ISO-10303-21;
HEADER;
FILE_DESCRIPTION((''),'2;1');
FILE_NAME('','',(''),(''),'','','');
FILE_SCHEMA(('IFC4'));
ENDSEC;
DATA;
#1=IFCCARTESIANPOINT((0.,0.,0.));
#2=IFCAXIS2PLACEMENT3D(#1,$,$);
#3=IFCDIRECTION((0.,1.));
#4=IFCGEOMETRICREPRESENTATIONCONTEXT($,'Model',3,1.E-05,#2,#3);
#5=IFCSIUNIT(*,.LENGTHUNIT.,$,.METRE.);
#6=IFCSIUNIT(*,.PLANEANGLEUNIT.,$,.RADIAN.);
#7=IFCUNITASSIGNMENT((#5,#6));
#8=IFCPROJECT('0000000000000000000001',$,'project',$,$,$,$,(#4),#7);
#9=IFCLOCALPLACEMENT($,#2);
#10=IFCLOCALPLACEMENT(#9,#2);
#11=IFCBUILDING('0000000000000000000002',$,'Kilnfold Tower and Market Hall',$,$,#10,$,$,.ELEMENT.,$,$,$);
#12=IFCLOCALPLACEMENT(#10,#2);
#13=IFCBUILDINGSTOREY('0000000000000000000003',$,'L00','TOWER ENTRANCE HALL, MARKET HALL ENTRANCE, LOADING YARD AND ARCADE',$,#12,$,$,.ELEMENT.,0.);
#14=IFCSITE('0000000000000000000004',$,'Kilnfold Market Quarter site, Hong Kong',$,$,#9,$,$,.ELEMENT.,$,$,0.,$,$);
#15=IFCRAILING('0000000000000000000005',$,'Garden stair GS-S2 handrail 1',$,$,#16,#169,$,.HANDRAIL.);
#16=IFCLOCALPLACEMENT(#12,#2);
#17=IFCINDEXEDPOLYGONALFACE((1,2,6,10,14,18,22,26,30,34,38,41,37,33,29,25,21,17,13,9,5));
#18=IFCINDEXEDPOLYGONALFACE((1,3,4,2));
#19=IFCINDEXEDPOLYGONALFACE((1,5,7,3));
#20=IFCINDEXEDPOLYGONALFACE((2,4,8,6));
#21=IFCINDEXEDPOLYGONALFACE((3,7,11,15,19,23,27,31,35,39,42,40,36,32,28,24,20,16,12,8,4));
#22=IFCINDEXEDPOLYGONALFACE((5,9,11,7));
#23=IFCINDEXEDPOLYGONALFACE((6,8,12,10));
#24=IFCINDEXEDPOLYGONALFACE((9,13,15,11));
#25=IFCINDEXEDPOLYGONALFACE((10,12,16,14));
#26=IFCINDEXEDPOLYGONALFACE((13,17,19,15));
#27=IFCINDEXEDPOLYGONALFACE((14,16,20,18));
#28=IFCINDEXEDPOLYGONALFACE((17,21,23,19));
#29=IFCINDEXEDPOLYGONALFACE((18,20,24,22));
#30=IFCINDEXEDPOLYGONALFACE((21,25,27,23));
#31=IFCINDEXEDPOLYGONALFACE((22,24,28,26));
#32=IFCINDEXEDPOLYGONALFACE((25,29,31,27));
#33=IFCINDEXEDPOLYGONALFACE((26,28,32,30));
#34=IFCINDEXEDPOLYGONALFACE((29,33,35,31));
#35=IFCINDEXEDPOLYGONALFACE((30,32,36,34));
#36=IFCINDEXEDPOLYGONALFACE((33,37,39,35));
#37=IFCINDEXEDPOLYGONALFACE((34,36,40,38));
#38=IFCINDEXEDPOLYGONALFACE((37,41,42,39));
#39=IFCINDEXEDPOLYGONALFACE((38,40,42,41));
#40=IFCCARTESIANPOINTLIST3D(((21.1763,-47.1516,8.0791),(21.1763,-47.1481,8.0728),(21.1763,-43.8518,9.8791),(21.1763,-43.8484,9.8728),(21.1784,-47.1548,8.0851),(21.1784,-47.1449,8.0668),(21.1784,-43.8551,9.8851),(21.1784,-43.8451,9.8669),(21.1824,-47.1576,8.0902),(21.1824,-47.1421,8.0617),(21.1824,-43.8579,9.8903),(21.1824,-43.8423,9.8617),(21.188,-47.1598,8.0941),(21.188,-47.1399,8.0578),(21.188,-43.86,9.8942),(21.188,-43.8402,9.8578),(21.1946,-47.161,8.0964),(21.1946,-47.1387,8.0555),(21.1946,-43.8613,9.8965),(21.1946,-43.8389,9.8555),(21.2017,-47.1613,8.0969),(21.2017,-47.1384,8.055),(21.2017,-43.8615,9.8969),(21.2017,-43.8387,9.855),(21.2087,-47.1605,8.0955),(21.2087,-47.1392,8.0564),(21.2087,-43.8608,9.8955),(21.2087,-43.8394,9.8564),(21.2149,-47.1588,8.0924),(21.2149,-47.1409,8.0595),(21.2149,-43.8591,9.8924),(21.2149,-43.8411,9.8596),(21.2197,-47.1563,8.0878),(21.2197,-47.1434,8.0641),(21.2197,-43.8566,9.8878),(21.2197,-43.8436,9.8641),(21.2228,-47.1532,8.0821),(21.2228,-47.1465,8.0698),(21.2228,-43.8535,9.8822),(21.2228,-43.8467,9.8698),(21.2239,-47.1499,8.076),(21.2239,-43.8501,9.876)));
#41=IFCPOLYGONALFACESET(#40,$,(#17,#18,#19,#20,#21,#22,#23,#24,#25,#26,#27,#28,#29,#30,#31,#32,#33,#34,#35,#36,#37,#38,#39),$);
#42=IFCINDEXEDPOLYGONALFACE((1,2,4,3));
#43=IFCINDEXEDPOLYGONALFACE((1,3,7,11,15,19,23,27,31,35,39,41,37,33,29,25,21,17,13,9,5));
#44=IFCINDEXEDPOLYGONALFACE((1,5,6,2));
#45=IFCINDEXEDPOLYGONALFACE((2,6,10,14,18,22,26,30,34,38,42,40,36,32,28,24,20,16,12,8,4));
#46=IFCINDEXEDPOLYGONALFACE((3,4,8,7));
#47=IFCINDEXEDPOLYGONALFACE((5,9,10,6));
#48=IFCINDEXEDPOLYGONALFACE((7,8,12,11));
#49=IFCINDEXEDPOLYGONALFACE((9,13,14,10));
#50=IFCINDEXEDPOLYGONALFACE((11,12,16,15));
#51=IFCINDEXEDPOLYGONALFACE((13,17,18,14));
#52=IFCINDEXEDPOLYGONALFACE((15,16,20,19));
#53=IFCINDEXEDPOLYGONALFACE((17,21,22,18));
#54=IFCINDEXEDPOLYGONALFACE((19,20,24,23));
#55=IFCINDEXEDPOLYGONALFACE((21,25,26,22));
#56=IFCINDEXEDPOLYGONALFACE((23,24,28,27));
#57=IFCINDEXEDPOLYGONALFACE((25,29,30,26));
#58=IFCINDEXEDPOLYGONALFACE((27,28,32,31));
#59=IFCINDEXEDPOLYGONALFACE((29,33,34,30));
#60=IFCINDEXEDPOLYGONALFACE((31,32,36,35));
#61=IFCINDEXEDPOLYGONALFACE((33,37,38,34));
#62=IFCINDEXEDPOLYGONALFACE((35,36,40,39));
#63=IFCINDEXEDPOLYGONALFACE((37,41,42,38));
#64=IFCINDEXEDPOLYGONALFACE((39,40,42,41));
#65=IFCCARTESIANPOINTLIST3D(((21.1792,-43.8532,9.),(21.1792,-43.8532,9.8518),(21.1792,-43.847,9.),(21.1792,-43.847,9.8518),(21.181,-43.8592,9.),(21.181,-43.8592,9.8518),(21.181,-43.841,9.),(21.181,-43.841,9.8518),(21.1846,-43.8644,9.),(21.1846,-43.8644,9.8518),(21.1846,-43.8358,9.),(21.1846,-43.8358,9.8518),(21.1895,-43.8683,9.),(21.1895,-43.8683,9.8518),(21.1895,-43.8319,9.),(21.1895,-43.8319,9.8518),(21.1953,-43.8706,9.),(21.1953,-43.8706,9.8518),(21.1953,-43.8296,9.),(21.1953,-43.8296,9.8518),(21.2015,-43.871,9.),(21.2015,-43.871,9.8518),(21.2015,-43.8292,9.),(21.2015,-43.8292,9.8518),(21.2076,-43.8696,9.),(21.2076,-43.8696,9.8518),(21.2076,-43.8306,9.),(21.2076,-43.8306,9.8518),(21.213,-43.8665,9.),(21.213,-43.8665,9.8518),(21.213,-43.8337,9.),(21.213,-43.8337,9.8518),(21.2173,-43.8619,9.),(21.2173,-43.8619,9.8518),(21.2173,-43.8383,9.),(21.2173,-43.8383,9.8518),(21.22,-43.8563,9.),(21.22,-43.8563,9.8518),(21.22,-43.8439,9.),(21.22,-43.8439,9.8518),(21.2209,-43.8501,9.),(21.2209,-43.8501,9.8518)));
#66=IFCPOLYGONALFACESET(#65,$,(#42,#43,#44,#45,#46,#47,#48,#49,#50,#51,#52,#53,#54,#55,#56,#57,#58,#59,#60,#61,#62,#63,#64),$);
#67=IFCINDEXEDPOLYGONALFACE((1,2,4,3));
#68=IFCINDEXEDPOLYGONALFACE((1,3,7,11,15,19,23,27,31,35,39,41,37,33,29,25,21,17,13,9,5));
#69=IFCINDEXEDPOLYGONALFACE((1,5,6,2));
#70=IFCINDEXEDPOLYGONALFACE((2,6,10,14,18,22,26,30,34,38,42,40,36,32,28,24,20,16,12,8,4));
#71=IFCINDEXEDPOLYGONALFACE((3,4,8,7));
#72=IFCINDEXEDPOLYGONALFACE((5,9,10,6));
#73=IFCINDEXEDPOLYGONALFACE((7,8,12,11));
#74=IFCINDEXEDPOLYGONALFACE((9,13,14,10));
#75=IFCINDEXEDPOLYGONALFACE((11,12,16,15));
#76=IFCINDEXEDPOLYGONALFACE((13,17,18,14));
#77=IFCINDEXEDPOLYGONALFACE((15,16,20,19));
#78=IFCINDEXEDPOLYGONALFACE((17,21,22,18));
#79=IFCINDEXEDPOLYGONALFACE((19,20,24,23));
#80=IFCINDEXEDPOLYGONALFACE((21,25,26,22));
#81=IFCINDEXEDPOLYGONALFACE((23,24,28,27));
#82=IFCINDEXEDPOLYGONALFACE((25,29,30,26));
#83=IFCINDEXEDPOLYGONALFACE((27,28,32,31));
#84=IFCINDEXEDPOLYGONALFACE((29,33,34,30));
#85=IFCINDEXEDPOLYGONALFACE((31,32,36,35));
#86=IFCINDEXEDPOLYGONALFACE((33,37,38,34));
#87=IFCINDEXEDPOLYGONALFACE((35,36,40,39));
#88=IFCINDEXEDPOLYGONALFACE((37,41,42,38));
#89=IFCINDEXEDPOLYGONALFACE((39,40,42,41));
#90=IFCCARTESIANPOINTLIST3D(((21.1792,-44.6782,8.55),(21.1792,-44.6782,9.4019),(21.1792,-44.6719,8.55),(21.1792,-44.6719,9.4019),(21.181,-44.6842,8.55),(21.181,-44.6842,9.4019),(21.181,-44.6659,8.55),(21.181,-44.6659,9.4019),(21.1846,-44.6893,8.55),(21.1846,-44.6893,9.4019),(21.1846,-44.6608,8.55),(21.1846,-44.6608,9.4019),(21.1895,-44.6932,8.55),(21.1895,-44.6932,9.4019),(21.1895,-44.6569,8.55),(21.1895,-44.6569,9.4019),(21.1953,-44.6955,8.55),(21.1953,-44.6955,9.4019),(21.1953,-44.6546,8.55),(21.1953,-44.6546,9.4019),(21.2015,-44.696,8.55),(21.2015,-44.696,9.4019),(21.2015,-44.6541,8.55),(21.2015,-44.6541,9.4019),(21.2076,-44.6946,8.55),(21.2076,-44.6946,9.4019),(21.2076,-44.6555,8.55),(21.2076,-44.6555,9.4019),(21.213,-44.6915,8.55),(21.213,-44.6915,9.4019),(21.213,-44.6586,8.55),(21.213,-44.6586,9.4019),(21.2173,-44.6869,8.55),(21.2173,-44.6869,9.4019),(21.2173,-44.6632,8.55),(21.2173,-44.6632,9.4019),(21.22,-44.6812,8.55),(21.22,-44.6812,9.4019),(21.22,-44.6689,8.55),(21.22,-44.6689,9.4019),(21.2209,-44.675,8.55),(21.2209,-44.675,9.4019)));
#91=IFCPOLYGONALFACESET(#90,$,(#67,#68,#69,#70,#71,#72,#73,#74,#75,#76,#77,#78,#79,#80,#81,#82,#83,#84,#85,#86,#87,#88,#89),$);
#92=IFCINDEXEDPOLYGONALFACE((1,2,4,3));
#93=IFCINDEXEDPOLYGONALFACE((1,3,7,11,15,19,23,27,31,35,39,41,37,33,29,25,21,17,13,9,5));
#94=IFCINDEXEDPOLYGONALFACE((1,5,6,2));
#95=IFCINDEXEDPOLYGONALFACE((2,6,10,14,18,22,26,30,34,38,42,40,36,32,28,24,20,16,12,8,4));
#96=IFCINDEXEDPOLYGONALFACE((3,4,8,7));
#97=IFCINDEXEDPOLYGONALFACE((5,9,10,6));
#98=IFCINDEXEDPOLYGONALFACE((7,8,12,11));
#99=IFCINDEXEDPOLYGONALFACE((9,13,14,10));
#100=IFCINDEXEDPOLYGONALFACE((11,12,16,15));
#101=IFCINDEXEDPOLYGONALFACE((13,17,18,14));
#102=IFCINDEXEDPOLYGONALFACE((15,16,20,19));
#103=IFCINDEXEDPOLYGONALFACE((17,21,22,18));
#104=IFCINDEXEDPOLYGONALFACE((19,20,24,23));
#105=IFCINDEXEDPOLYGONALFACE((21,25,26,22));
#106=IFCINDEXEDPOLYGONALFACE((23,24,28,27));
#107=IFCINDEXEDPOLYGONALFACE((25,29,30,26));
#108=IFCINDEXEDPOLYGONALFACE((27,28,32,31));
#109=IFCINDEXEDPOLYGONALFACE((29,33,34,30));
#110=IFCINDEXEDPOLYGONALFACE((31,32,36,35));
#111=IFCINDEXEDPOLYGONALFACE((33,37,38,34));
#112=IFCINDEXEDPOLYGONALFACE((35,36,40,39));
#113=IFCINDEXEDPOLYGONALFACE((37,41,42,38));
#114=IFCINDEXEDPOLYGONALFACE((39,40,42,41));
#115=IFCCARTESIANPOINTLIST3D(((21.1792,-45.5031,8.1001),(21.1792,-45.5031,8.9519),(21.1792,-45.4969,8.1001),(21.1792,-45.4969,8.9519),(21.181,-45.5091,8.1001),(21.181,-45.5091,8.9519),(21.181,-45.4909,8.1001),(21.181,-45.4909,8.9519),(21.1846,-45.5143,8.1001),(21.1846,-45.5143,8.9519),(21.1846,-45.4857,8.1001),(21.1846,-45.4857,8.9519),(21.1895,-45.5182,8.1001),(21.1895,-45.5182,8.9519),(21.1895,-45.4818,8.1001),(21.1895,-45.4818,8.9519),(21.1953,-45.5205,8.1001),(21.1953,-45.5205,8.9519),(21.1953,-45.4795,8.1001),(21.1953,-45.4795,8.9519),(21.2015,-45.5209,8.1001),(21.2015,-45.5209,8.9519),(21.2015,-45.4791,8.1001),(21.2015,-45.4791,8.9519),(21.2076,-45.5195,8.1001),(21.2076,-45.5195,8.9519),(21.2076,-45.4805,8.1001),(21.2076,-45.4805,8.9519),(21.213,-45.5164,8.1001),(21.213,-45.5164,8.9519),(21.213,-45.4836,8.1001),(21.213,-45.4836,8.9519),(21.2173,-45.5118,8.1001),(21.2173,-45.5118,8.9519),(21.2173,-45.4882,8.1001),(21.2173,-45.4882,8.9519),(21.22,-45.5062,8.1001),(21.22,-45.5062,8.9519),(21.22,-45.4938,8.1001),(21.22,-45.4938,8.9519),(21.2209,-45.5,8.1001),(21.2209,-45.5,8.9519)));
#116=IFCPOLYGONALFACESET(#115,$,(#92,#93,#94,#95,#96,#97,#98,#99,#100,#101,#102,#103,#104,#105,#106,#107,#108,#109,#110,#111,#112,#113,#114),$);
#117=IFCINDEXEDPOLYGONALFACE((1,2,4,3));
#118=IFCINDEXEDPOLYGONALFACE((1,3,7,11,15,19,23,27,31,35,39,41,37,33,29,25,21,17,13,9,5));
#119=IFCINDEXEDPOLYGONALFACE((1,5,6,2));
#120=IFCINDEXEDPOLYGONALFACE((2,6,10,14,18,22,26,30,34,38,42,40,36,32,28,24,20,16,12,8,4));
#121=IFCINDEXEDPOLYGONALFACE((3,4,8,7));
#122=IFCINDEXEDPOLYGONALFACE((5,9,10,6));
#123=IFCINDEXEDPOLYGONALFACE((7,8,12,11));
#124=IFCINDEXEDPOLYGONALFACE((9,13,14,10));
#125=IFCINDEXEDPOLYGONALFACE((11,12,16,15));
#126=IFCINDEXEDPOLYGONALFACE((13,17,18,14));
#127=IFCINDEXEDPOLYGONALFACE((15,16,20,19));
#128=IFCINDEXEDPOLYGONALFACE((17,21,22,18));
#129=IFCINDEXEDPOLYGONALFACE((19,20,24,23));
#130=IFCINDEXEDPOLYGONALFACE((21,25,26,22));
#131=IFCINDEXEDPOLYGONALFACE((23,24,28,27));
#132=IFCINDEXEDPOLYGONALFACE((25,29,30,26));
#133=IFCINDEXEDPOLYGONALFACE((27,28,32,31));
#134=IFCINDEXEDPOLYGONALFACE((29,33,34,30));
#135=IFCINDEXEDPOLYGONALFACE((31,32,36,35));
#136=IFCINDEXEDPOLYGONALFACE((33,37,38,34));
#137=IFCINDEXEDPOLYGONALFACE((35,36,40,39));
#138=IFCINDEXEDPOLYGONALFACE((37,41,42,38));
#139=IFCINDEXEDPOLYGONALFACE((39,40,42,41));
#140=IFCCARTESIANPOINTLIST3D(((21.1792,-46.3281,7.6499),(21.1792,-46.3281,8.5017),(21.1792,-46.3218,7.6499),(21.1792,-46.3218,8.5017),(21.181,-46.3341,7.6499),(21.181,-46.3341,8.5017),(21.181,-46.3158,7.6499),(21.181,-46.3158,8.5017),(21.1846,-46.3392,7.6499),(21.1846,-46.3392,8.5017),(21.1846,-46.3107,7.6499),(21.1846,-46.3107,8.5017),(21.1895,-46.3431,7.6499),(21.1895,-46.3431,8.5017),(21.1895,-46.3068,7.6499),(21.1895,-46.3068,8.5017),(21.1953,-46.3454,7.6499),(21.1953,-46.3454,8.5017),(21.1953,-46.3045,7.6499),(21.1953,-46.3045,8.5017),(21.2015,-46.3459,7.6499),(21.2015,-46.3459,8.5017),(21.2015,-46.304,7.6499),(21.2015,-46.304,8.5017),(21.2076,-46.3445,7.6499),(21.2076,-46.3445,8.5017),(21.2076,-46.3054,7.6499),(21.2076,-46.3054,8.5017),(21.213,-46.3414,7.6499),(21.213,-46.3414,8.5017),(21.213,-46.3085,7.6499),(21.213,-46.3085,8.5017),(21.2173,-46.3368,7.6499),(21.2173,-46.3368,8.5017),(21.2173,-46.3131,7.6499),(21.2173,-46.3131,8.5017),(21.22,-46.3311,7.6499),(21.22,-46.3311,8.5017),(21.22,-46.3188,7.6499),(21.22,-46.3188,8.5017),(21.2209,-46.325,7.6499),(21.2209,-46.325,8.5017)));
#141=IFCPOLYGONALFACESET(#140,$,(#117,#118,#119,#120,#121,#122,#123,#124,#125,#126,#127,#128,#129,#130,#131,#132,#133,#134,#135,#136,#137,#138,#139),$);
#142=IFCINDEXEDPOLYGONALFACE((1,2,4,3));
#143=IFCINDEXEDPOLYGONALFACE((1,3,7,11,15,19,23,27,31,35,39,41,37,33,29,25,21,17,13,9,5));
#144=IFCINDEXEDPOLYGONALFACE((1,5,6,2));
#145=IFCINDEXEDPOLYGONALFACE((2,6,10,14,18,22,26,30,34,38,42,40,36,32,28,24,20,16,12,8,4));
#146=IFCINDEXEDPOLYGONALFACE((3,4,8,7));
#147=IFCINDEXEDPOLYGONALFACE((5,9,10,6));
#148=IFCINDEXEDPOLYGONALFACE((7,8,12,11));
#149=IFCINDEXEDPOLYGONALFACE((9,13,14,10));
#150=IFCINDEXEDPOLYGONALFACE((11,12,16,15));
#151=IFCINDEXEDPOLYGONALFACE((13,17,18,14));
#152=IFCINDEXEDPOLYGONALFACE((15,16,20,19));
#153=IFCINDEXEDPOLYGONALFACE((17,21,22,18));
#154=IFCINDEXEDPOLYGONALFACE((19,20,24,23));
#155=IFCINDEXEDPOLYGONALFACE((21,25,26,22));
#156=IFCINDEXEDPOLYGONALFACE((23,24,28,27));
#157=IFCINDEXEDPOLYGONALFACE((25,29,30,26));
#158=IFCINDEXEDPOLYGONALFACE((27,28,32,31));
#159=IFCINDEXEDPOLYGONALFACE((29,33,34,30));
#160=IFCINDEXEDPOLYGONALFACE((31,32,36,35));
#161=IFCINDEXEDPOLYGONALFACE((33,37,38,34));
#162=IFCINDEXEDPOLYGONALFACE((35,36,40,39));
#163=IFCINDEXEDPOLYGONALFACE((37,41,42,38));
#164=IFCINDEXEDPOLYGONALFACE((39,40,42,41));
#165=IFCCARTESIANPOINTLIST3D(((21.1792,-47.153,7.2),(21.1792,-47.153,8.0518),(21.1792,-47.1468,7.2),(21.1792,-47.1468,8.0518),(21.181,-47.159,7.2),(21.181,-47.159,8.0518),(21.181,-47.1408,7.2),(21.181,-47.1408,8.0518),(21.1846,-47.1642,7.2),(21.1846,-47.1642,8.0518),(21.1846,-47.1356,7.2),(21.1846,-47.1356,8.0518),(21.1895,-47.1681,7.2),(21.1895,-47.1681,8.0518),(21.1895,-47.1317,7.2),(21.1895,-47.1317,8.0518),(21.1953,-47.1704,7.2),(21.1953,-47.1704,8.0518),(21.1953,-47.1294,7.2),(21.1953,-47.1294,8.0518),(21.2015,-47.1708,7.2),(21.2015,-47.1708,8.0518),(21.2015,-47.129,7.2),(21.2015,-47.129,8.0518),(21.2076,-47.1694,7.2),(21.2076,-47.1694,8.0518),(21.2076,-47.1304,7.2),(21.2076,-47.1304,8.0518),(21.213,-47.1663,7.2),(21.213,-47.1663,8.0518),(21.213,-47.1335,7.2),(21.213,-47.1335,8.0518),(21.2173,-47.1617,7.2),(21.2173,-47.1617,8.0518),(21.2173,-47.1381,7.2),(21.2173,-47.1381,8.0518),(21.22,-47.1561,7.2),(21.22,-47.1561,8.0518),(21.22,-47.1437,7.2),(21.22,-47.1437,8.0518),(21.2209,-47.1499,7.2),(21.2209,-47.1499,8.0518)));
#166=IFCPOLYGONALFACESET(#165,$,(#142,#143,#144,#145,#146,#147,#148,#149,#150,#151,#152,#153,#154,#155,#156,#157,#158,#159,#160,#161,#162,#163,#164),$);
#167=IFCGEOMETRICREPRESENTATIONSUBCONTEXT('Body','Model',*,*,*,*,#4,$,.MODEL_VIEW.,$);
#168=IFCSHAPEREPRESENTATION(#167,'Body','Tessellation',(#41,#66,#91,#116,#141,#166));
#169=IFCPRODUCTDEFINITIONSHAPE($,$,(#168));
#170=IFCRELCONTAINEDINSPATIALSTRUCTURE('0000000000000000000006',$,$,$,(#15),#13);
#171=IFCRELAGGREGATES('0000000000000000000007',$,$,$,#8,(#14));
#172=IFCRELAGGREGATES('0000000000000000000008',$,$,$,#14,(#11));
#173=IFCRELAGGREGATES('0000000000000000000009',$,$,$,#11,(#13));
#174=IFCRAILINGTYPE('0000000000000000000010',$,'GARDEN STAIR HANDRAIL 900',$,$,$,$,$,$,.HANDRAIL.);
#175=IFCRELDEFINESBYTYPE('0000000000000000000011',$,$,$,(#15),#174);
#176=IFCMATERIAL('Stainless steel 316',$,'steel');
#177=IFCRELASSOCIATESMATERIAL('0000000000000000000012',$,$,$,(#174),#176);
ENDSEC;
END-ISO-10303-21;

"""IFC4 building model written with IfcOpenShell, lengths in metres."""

from ifc_helpers import new_model, si_unit, direction, frame, origin, origin_2d, place, context, subcontext, project, spatial, circle, extrude, material, type_object, element, save


model = new_model("IFC4")

# Units and contexts
model_context = context("Model", 3, precision=1e-05, world=origin(), true_north=direction((0.0, 1.0)))
body_context = subcontext(model_context, "Body", "Model", "MODEL_VIEW")
ifc_project = project(units=[si_unit("LENGTHUNIT", "METRE"), si_unit("PLANEANGLEUNIT", "RADIAN")], contexts=[model_context])

# Site, building, storey
site_placement = place(None, origin())
site = spatial("IfcSite", under=ifc_project, at=site_placement, Name="Kilnfold Market Quarter site, Hong Kong", CompositionType="ELEMENT", RefElevation=0.0)
building_placement = place(site_placement, origin())
building = spatial("IfcBuilding", under=site, at=building_placement, Name="Kilnfold Tower and Market Hall", CompositionType="ELEMENT")
storey_placement = place(building_placement, origin())
storey = spatial("IfcBuildingStorey", under=building, at=storey_placement, Name="L00", Description="TOWER ENTRANCE HALL, MARKET HALL ENTRANCE, LOADING YARD AND ARCADE", CompositionType="ELEMENT", Elevation=0.0)

# Railing
ifc_material_1 = material(Name="Stainless steel 316", Category="steel")
railing_type_1 = type_object("IfcRailingType", Name="GARDEN STAIR HANDRAIL 900", PredefinedType="HANDRAIL", material=ifc_material_1)
railing_1_placement = place(storey_placement, frame((21.2, -43.8501, 9.0)))
element("IfcRailing", 1, at=railing_1_placement, inside=storey, type_object=railing_type_1, Name="Garden stair GS-S2 handrail 1", PredefinedType="HANDRAIL", context=body_context, shape_type="SweptSolid", body=[
    extrude(circle(Radius=0.0239, at=origin_2d()), frame((0.0, 0.0, 0.876), z_axis=(0.0, -0.877878, -0.478884), x_axis=(1.0, 0.0, 0.0)), (0.0, 0.0, 1.0), 3.7588),
    extrude(circle(Radius=0.021, at=origin_2d()), origin(), (0.0, 0.0, 1.0), 0.8518),
    extrude(circle(Radius=0.021, at=origin_2d()), frame((0.0, -0.825, -0.45)), (0.0, 0.0, 1.0), 0.8518),
    extrude(circle(Radius=0.021, at=origin_2d()), frame((0.0, -1.6499, -0.8999)), (0.0, 0.0, 1.0), 0.8518),
    extrude(circle(Radius=0.021, at=origin_2d()), frame((0.0, -2.4749, -1.3501)), (0.0, 0.0, 1.0), 0.8518),
    extrude(circle(Radius=0.021, at=origin_2d()), frame((0.0, -3.2998, -1.8)), (0.0, 0.0, 1.0), 0.8518),
])

save(model, "model.ifc")
